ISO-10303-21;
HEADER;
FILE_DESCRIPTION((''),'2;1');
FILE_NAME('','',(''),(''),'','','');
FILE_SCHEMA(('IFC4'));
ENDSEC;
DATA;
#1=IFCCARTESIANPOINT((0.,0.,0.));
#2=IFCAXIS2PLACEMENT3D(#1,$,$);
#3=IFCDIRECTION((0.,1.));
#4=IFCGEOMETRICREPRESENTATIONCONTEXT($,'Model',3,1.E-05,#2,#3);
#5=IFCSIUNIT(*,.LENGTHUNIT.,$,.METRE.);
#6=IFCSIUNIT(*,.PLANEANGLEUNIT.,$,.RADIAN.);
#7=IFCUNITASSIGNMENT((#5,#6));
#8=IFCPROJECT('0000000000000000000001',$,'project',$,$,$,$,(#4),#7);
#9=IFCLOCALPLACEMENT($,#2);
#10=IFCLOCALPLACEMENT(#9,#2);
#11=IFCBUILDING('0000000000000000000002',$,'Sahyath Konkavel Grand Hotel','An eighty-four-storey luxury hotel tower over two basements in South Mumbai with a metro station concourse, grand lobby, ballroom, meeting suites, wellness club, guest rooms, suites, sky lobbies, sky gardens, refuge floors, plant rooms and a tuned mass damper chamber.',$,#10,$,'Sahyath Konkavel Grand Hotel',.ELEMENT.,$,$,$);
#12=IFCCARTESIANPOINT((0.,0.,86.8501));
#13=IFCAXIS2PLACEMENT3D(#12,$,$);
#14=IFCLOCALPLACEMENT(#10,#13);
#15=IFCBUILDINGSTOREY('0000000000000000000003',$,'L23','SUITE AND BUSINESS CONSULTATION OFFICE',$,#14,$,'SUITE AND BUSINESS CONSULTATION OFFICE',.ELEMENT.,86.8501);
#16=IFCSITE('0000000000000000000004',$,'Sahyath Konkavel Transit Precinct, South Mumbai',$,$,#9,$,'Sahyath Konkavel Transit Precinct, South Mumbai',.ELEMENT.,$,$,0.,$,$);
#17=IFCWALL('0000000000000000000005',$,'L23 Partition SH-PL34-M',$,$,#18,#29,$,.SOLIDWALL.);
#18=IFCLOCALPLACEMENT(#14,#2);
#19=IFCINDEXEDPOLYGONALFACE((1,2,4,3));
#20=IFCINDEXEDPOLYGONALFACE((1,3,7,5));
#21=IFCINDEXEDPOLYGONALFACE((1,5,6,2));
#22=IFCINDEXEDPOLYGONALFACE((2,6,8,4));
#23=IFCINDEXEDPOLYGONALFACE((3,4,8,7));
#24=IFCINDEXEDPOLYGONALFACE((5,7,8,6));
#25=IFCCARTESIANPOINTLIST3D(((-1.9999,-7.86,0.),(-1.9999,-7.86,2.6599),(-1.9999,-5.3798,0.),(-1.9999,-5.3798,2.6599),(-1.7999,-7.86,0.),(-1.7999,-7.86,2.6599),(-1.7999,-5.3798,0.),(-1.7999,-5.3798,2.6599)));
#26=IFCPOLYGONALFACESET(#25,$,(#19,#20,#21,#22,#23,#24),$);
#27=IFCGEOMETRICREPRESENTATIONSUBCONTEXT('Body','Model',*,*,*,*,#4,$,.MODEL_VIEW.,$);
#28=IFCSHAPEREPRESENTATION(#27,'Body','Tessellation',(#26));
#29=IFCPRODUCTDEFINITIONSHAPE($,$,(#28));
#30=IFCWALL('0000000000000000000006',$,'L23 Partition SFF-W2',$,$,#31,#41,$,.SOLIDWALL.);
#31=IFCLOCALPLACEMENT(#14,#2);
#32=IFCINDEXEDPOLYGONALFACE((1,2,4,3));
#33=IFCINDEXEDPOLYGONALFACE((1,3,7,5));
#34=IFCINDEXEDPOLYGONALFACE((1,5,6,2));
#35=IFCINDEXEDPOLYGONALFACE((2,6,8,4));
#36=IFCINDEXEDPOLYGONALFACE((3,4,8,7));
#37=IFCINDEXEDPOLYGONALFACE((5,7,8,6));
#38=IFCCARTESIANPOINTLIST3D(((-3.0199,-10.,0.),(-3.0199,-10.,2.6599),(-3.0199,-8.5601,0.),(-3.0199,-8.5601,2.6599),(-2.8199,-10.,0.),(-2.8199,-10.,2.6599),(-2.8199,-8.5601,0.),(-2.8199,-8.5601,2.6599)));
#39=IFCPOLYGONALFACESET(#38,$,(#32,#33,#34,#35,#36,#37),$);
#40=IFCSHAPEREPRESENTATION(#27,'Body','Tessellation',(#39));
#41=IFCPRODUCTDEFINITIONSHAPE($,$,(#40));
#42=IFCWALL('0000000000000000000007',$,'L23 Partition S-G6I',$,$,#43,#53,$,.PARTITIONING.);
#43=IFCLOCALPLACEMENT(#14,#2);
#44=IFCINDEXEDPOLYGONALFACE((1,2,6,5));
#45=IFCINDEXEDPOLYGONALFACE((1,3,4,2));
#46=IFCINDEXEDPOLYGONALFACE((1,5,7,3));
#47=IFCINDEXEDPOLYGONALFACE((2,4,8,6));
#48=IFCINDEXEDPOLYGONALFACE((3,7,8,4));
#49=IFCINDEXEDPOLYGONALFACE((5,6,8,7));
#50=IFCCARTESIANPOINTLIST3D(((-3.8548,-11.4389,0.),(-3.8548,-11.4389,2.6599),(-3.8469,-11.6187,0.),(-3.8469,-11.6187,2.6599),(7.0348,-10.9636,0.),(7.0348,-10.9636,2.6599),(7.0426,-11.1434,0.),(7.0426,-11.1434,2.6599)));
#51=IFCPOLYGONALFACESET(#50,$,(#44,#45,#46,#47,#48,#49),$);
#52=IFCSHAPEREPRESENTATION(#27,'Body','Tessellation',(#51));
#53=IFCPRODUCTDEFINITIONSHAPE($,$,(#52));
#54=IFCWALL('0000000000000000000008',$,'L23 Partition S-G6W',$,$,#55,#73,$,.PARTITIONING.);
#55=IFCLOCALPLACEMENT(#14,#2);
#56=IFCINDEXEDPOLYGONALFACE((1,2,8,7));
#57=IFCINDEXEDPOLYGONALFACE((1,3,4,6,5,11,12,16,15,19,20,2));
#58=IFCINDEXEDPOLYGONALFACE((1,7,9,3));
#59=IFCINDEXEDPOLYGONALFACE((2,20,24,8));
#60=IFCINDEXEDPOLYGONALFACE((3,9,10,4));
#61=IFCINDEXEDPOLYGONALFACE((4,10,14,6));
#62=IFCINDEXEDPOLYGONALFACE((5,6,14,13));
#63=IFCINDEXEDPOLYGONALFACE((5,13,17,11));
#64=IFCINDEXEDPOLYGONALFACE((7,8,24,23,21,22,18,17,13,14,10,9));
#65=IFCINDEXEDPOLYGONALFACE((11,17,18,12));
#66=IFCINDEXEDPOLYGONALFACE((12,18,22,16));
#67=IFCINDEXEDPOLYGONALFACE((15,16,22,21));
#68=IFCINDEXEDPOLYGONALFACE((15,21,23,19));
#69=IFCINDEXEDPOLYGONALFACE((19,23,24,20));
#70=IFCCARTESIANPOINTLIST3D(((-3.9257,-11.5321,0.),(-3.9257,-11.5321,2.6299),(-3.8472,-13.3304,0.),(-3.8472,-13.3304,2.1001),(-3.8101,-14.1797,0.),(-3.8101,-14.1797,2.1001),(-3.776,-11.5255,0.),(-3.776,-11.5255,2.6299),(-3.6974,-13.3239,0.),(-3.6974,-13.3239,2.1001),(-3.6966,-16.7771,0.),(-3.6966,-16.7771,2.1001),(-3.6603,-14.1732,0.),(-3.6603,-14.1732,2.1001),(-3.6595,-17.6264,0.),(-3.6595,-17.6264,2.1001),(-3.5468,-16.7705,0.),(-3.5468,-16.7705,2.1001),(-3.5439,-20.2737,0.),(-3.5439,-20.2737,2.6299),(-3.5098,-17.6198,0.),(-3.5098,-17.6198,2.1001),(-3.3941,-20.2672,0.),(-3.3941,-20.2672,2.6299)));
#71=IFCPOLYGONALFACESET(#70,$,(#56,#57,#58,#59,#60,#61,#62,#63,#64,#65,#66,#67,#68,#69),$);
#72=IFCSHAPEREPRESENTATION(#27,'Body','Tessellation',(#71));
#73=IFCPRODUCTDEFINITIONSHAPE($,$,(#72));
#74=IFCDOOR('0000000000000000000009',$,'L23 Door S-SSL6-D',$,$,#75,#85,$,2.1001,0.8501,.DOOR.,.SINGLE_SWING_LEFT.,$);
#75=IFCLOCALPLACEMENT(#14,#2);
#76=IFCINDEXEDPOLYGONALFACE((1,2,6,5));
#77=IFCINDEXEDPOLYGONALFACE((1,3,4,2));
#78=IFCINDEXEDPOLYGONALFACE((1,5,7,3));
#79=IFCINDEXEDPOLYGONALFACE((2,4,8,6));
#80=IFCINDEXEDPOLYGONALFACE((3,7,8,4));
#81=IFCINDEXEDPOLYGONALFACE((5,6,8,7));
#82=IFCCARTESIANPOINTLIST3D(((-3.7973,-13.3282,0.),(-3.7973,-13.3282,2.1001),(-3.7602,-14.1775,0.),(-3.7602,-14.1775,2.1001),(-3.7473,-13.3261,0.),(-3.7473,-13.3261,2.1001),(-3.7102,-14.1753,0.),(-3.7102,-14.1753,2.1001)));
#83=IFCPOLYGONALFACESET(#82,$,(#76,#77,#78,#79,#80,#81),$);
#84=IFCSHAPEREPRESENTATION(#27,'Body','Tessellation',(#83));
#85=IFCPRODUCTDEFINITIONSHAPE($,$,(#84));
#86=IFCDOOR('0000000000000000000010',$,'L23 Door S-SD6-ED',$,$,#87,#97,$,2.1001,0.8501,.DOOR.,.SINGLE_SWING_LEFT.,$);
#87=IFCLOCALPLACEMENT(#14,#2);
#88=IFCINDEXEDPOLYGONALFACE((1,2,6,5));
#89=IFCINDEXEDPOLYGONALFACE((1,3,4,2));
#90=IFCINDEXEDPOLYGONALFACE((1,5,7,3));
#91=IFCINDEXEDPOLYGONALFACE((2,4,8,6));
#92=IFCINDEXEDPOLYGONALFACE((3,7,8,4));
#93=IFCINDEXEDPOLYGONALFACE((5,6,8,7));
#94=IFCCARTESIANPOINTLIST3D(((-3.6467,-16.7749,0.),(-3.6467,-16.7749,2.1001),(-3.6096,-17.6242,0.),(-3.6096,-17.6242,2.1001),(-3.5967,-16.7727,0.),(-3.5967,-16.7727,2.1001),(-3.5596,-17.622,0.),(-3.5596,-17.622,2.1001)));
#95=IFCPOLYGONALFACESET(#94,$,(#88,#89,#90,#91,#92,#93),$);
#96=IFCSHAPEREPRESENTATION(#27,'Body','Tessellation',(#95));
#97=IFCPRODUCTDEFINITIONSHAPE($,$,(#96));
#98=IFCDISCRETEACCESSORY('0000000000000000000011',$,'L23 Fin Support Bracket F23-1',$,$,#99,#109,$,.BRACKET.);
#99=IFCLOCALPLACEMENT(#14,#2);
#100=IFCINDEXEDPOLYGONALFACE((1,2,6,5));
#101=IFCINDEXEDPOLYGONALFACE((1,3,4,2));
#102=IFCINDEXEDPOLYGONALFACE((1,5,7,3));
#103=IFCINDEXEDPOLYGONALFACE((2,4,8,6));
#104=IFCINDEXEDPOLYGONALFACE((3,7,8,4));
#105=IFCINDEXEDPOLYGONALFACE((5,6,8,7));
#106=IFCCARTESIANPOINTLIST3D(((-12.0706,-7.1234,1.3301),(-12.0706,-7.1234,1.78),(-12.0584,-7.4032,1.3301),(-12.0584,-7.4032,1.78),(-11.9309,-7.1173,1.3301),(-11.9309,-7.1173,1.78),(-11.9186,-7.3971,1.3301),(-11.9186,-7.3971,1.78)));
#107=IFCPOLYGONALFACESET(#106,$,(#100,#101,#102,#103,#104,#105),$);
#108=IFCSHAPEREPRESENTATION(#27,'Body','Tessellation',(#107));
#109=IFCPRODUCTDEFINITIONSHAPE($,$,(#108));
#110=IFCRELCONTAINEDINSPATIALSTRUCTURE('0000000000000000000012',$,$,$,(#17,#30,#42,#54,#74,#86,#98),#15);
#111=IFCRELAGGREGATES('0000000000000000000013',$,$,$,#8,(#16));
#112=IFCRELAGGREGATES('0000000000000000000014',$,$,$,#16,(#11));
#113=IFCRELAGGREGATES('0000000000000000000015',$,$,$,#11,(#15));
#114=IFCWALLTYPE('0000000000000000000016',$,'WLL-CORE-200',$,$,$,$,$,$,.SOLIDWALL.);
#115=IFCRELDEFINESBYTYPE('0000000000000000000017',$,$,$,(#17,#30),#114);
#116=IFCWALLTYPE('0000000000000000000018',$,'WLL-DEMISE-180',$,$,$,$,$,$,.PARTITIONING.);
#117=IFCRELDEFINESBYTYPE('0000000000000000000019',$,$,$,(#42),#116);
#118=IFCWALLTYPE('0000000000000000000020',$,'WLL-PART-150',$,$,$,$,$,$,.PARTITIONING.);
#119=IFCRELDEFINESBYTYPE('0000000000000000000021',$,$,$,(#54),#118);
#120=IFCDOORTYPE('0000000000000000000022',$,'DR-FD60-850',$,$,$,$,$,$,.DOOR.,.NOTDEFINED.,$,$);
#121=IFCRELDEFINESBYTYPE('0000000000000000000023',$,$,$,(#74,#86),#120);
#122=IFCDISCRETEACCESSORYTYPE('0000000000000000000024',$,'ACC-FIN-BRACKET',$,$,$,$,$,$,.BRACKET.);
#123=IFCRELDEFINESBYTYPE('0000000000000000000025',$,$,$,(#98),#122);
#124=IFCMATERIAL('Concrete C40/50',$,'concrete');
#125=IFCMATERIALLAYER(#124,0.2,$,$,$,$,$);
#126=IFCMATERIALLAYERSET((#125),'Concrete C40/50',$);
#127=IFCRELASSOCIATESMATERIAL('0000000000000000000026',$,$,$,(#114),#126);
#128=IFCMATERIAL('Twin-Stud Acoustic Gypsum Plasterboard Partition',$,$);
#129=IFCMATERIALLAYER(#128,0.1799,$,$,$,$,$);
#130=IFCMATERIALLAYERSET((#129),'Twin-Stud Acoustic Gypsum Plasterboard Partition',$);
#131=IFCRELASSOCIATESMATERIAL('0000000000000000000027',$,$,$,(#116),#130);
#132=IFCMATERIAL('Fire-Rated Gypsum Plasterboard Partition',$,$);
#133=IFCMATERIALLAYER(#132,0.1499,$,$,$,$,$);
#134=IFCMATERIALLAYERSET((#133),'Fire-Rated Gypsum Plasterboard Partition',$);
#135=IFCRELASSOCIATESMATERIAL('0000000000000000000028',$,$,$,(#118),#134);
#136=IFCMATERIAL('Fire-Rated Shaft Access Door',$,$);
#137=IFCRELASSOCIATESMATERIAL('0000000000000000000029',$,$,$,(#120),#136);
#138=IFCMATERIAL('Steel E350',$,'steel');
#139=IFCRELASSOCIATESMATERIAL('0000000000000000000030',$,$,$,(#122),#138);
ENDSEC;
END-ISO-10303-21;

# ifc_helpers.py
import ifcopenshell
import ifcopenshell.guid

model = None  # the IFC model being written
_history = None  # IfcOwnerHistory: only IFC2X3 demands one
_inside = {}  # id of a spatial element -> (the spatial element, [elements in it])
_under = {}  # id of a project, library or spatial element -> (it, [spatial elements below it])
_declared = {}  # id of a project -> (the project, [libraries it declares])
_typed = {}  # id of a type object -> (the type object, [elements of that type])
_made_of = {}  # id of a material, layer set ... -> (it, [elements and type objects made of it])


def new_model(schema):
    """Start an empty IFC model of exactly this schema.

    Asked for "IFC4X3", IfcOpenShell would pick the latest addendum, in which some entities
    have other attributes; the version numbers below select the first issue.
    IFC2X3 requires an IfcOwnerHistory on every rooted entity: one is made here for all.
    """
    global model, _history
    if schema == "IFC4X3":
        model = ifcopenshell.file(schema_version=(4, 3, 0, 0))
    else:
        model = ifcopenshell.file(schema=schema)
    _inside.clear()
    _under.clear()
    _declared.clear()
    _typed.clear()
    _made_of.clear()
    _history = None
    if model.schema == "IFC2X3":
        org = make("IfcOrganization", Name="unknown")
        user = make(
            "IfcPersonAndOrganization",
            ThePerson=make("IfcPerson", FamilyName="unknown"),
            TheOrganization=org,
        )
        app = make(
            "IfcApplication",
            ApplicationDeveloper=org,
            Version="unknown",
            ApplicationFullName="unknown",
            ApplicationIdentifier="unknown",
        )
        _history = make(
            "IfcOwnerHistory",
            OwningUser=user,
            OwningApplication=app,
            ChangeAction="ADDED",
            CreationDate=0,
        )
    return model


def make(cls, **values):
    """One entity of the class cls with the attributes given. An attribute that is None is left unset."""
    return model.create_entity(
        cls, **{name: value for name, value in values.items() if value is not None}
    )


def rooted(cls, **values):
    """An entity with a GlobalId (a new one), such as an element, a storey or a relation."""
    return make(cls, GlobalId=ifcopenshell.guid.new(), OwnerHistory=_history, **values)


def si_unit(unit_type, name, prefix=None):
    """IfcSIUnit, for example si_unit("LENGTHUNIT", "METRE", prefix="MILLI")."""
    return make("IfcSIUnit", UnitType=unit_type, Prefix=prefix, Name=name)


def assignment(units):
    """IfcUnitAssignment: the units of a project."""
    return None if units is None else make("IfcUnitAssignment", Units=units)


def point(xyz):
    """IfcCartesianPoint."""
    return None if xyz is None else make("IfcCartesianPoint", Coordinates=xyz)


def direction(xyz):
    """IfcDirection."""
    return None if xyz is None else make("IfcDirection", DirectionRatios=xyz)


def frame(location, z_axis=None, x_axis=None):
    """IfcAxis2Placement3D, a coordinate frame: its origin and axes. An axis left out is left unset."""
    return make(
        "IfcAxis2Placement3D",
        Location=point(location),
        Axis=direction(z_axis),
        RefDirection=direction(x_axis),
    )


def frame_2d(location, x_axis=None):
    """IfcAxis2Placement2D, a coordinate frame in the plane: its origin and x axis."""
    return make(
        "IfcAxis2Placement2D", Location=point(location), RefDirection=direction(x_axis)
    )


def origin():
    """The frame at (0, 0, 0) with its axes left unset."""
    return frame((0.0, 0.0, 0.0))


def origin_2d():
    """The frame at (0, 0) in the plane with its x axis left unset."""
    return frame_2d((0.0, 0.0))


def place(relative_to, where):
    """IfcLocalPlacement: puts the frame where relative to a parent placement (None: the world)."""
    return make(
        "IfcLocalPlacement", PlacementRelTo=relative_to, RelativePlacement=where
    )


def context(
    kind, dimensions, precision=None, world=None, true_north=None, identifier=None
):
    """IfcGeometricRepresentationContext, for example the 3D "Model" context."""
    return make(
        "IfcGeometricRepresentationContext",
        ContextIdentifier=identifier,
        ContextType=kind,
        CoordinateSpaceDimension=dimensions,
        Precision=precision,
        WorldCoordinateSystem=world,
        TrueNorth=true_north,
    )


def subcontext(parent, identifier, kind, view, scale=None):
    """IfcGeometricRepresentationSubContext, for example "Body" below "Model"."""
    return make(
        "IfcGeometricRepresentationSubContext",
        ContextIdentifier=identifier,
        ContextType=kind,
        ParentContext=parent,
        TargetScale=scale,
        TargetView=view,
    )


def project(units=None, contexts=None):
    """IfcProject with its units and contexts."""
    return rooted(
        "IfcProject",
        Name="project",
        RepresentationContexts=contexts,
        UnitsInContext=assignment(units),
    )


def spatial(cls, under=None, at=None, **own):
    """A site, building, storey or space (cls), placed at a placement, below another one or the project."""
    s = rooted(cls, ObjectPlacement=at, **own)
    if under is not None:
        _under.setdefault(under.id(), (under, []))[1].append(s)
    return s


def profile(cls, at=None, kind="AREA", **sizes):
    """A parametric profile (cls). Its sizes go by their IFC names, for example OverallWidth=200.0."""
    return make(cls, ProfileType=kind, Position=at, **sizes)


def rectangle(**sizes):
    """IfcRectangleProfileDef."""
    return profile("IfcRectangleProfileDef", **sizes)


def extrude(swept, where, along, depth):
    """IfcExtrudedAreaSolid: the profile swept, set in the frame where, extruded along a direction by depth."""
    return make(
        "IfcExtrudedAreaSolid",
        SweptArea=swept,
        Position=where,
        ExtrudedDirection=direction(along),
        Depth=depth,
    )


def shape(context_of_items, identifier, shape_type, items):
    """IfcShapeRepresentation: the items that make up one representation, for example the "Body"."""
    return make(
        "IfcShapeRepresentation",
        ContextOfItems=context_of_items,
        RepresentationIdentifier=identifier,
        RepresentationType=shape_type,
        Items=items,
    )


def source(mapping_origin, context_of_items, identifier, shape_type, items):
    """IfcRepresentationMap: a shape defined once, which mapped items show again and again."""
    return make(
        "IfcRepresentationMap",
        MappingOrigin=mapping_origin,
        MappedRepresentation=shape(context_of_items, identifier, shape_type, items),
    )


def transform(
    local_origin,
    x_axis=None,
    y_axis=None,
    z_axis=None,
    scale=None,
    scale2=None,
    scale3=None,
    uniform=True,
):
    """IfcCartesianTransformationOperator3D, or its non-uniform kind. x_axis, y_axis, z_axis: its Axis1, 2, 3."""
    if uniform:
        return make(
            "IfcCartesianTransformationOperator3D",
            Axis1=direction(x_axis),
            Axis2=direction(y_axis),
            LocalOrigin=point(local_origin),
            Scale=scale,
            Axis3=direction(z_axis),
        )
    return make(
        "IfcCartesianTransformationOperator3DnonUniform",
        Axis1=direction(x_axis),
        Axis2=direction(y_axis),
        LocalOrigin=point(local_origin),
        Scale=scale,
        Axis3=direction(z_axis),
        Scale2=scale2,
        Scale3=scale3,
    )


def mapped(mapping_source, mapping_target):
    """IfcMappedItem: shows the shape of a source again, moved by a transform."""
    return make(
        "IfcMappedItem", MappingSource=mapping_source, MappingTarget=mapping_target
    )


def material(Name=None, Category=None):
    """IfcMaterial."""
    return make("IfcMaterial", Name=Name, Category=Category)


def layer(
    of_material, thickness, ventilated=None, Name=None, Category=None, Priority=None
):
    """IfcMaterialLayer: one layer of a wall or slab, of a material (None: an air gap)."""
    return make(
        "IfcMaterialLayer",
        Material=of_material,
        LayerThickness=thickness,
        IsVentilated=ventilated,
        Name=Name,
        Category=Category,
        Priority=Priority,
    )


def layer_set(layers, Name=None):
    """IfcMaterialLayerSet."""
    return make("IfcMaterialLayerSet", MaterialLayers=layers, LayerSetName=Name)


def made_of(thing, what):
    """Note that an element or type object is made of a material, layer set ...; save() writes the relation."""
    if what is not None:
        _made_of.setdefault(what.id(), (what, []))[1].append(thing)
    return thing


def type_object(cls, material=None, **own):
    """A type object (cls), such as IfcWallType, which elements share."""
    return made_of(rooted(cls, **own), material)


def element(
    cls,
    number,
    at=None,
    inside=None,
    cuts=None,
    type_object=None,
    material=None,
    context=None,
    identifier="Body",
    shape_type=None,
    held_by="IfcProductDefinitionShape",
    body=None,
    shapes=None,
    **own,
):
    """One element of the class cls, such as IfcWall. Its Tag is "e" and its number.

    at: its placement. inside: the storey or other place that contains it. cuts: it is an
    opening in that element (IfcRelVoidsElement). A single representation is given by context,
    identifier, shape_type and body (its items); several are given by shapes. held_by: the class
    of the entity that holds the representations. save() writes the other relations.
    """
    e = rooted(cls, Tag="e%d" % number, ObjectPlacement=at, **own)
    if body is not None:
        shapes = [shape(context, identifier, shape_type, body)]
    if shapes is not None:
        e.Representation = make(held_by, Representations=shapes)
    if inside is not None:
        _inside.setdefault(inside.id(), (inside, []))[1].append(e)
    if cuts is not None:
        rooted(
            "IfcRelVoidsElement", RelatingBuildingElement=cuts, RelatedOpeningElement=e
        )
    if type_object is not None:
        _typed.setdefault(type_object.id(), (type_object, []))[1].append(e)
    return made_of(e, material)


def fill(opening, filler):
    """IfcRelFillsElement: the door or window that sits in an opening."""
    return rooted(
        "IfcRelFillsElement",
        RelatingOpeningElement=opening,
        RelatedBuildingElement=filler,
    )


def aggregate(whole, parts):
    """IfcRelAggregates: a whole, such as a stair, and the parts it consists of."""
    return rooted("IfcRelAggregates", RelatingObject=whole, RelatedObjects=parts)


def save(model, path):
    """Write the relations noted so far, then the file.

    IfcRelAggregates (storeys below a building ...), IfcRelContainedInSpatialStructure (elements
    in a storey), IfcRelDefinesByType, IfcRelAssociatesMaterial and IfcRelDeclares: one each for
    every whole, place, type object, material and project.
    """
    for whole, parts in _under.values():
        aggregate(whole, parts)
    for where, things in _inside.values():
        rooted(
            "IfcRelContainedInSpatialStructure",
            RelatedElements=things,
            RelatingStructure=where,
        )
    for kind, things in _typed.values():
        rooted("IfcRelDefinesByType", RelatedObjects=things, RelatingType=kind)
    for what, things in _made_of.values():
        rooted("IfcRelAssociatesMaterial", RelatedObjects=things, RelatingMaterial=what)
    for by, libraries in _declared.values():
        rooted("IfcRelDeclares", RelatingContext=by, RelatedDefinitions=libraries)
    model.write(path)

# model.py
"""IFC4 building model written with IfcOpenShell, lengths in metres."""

from ifc_helpers import new_model, si_unit, direction, frame, frame_2d, origin, origin_2d, place, context, subcontext, project, spatial, rectangle, extrude, source, transform, mapped, material, layer, layer_set, type_object, element, fill, save


model = new_model("IFC4")

# Units and contexts
model_context = context("Model", 3, precision=1e-05, world=origin(), true_north=direction((0.0, 1.0)))
body_context = subcontext(model_context, "Body", "Model", "MODEL_VIEW")
ifc_project = project(units=[si_unit("LENGTHUNIT", "METRE"), si_unit("PLANEANGLEUNIT", "RADIAN")], contexts=[model_context])

# Site, building, storey
site_placement = place(None, origin())
site = spatial("IfcSite", under=ifc_project, at=site_placement, Name="Sahyath Konkavel Transit Precinct, South Mumbai", LongName="Sahyath Konkavel Transit Precinct, South Mumbai", CompositionType="ELEMENT", RefElevation=0.0)
building_placement = place(site_placement, origin())
building = spatial("IfcBuilding", under=site, at=building_placement, Name="Sahyath Konkavel Grand Hotel", Description="An eighty-four-storey luxury hotel tower over two basements in South Mumbai with a metro station concourse, grand lobby, ballroom, meeting suites, wellness club, guest rooms, suites, sky lobbies, sky gardens, refuge floors, plant rooms and a tuned mass damper chamber.", LongName="Sahyath Konkavel Grand Hotel", CompositionType="ELEMENT")
storey_placement = place(building_placement, frame((0.0, 0.0, 86.8501)))
storey = spatial("IfcBuildingStorey", under=building, at=storey_placement, Name="L23", Description="SUITE AND BUSINESS CONSULTATION OFFICE", LongName="SUITE AND BUSINESS CONSULTATION OFFICE", CompositionType="ELEMENT", Elevation=86.8501)

# Shared definitions
ifc_material_1 = material(Name="Steel E350", Category="steel")

# Shared definitions
ifc_material_2 = material(Name="Concrete C40/50", Category="concrete")
ifc_layer_1 = layer(ifc_material_2, 0.2)
ifc_layer_set_1 = layer_set([ifc_layer_1], Name="Concrete C40/50")
wall_type_1 = type_object("IfcWallType", Name="WLL-CORE-200", PredefinedType="SOLIDWALL", material=ifc_layer_set_1)

# Wall
wall_1_placement = place(storey_placement, frame((-1.8999, -7.8601, 0.0), z_axis=(0.0, 0.0, 1.0), x_axis=(0.0, 1.0, 0.0)))
element("IfcWall", 1, at=wall_1_placement, inside=storey, type_object=wall_type_1, Name="L23 Partition SH-PL34-M", PredefinedType="SOLIDWALL", context=body_context, shape_type="SweptSolid", body=[
    extrude(rectangle(XDim=2.4802, YDim=0.2, at=frame_2d((1.2402, 0.0))), origin(), (0.0, 0.0, 1.0), 2.6599),
])

# Walls
wall_2_placement = place(storey_placement, frame((-2.9199, -10.0, 0.0), z_axis=(0.0, 0.0, 1.0), x_axis=(0.0, 1.0, 0.0)))
element("IfcWall", 2, at=wall_2_placement, inside=storey, type_object=wall_type_1, Name="L23 Partition SFF-W2", PredefinedType="SOLIDWALL", context=body_context, shape_type="SweptSolid", body=[
    extrude(rectangle(XDim=1.4399, YDim=0.2, at=frame_2d((0.72, 0.0))), origin(), (0.0, 0.0, 1.0), 2.6599),
])
ifc_material_3 = material(Name="Twin-Stud Acoustic Gypsum Plasterboard Partition")
ifc_layer_2 = layer(ifc_material_3, 0.1799)
ifc_layer_set_2 = layer_set([ifc_layer_2], Name="Twin-Stud Acoustic Gypsum Plasterboard Partition")
wall_type_2 = type_object("IfcWallType", Name="WLL-DEMISE-180", PredefinedType="PARTITIONING", material=ifc_layer_set_2)
wall_3_placement = place(storey_placement, frame((-3.8508, -11.5288, 0.0), z_axis=(0.0, 0.0, 1.0), x_axis=(0.999049, 0.043609, 0.0)))
element("IfcWall", 3, at=wall_3_placement, inside=storey, type_object=wall_type_2, Name="L23 Partition S-G6I", PredefinedType="PARTITIONING", context=body_context, shape_type="SweptSolid", body=[
    extrude(rectangle(XDim=10.8999, YDim=0.1799, at=frame_2d((5.45, 0.0))), origin(), (0.0, 0.0, 1.0), 2.6599),
])

# Wall, openings, doors
ifc_material_4 = material(Name="Fire-Rated Gypsum Plasterboard Partition")
ifc_layer_3 = layer(ifc_material_4, 0.1499)
ifc_layer_set_3 = layer_set([ifc_layer_3], Name="Fire-Rated Gypsum Plasterboard Partition")
wall_type_3 = type_object("IfcWallType", Name="WLL-PART-150", PredefinedType="PARTITIONING", material=ifc_layer_set_3)
wall_4_placement = place(storey_placement, frame((-3.8508, -11.5288, 0.0), z_axis=(0.0, 0.0, 1.0), x_axis=(0.043638, -0.999047, 0.0)))
wall_4 = element("IfcWall", 4, at=wall_4_placement, inside=storey, type_object=wall_type_3, Name="L23 Partition S-G6W", PredefinedType="PARTITIONING", context=body_context, shape_type="SweptSolid", body=[
    extrude(rectangle(XDim=8.75, YDim=0.1499, at=frame_2d((4.375, 0.0))), origin(), (0.0, 0.0, 1.0), 2.6299),
])
opening_1_placement = place(wall_4_placement, frame((1.8, 0.0, 0.0)))
opening_1 = element("IfcOpeningElement", 5, at=opening_1_placement, cuts=wall_4, PredefinedType="OPENING", context=body_context, shape_type="SweptSolid", body=[
    extrude(rectangle(XDim=0.8501, YDim=2.1001, at=frame_2d((0.425, 1.05))), frame((0.0, 0.085, 0.0), z_axis=(0.0, -1.0, 0.0), x_axis=(1.0, 0.0, 0.0)), (0.0, 0.0, 1.0), 0.1699),
])
opening_2_placement = place(wall_4_placement, frame((5.25, 0.0, 0.0)))
opening_2 = element("IfcOpeningElement", 6, at=opening_2_placement, cuts=wall_4, PredefinedType="OPENING", context=body_context, shape_type="SweptSolid", body=[
    extrude(rectangle(XDim=0.8501, YDim=2.1001, at=frame_2d((0.425, 1.05))), frame((0.0, 0.085, 0.0), z_axis=(0.0, -1.0, 0.0), x_axis=(1.0, 0.0, 0.0)), (0.0, 0.0, 1.0), 0.1699),
])
ifc_material_5 = material(Name="Fire-Rated Shaft Access Door")
door_type_1 = type_object("IfcDoorType", Name="DR-FD60-850", OperationType="NOTDEFINED", PredefinedType="DOOR", material=ifc_material_5)
shared_shape_1 = source(origin(), body_context, "Body", "SweptSolid", [
    extrude(rectangle(XDim=0.8501, YDim=0.05, at=origin_2d()), origin(), (0.0, 0.0, 1.0), 2.1001),
])
door_1_placement = place(opening_1_placement, frame((0.425, 0.0, 0.0)))
door_1 = element("IfcDoor", 7, at=door_1_placement, inside=storey, type_object=door_type_1, Name="L23 Door S-SSL6-D", OperationType="SINGLE_SWING_LEFT", OverallHeight=2.1001, OverallWidth=0.8501, PredefinedType="DOOR", context=body_context, shape_type="MappedRepresentation", body=[
    mapped(shared_shape_1, transform((0.0, 0.0, 0.0), scale=1.0)),
])
fill(opening_1, door_1)
door_2_placement = place(opening_2_placement, frame((0.425, 0.0, 0.0)))
door_2 = element("IfcDoor", 8, at=door_2_placement, inside=storey, type_object=door_type_1, Name="L23 Door S-SD6-ED", OperationType="SINGLE_SWING_LEFT", OverallHeight=2.1001, OverallWidth=0.8501, PredefinedType="DOOR", context=body_context, shape_type="MappedRepresentation", body=[
    mapped(shared_shape_1, transform((0.0, 0.0, 0.0), scale=1.0)),
])
fill(opening_2, door_2)

# Discrete accessory
discrete_accessory_type = type_object("IfcDiscreteAccessoryType", Name="ACC-FIN-BRACKET", PredefinedType="BRACKET", material=ifc_material_1)
shared_shape_2 = source(origin(), body_context, "Body", "SweptSolid", [
    extrude(rectangle(XDim=0.28, YDim=0.1399, at=origin_2d()), origin(), (0.0, 0.0, 1.0), 0.45),
])
discrete_accessory_placement = place(storey_placement, frame((-11.9946, -7.2603, 1.3301), z_axis=(0.0, 0.0, 1.0), x_axis=(0.043619, -0.999048, 0.0)))
element("IfcDiscreteAccessory", 9, at=discrete_accessory_placement, inside=storey, type_object=discrete_accessory_type, Name="L23 Fin Support Bracket F23-1", PredefinedType="BRACKET", context=body_context, shape_type="MappedRepresentation", body=[
    mapped(shared_shape_2, transform((0.0, 0.0, 0.0), scale=1.0)),
])

save(model, "model.ifc")
